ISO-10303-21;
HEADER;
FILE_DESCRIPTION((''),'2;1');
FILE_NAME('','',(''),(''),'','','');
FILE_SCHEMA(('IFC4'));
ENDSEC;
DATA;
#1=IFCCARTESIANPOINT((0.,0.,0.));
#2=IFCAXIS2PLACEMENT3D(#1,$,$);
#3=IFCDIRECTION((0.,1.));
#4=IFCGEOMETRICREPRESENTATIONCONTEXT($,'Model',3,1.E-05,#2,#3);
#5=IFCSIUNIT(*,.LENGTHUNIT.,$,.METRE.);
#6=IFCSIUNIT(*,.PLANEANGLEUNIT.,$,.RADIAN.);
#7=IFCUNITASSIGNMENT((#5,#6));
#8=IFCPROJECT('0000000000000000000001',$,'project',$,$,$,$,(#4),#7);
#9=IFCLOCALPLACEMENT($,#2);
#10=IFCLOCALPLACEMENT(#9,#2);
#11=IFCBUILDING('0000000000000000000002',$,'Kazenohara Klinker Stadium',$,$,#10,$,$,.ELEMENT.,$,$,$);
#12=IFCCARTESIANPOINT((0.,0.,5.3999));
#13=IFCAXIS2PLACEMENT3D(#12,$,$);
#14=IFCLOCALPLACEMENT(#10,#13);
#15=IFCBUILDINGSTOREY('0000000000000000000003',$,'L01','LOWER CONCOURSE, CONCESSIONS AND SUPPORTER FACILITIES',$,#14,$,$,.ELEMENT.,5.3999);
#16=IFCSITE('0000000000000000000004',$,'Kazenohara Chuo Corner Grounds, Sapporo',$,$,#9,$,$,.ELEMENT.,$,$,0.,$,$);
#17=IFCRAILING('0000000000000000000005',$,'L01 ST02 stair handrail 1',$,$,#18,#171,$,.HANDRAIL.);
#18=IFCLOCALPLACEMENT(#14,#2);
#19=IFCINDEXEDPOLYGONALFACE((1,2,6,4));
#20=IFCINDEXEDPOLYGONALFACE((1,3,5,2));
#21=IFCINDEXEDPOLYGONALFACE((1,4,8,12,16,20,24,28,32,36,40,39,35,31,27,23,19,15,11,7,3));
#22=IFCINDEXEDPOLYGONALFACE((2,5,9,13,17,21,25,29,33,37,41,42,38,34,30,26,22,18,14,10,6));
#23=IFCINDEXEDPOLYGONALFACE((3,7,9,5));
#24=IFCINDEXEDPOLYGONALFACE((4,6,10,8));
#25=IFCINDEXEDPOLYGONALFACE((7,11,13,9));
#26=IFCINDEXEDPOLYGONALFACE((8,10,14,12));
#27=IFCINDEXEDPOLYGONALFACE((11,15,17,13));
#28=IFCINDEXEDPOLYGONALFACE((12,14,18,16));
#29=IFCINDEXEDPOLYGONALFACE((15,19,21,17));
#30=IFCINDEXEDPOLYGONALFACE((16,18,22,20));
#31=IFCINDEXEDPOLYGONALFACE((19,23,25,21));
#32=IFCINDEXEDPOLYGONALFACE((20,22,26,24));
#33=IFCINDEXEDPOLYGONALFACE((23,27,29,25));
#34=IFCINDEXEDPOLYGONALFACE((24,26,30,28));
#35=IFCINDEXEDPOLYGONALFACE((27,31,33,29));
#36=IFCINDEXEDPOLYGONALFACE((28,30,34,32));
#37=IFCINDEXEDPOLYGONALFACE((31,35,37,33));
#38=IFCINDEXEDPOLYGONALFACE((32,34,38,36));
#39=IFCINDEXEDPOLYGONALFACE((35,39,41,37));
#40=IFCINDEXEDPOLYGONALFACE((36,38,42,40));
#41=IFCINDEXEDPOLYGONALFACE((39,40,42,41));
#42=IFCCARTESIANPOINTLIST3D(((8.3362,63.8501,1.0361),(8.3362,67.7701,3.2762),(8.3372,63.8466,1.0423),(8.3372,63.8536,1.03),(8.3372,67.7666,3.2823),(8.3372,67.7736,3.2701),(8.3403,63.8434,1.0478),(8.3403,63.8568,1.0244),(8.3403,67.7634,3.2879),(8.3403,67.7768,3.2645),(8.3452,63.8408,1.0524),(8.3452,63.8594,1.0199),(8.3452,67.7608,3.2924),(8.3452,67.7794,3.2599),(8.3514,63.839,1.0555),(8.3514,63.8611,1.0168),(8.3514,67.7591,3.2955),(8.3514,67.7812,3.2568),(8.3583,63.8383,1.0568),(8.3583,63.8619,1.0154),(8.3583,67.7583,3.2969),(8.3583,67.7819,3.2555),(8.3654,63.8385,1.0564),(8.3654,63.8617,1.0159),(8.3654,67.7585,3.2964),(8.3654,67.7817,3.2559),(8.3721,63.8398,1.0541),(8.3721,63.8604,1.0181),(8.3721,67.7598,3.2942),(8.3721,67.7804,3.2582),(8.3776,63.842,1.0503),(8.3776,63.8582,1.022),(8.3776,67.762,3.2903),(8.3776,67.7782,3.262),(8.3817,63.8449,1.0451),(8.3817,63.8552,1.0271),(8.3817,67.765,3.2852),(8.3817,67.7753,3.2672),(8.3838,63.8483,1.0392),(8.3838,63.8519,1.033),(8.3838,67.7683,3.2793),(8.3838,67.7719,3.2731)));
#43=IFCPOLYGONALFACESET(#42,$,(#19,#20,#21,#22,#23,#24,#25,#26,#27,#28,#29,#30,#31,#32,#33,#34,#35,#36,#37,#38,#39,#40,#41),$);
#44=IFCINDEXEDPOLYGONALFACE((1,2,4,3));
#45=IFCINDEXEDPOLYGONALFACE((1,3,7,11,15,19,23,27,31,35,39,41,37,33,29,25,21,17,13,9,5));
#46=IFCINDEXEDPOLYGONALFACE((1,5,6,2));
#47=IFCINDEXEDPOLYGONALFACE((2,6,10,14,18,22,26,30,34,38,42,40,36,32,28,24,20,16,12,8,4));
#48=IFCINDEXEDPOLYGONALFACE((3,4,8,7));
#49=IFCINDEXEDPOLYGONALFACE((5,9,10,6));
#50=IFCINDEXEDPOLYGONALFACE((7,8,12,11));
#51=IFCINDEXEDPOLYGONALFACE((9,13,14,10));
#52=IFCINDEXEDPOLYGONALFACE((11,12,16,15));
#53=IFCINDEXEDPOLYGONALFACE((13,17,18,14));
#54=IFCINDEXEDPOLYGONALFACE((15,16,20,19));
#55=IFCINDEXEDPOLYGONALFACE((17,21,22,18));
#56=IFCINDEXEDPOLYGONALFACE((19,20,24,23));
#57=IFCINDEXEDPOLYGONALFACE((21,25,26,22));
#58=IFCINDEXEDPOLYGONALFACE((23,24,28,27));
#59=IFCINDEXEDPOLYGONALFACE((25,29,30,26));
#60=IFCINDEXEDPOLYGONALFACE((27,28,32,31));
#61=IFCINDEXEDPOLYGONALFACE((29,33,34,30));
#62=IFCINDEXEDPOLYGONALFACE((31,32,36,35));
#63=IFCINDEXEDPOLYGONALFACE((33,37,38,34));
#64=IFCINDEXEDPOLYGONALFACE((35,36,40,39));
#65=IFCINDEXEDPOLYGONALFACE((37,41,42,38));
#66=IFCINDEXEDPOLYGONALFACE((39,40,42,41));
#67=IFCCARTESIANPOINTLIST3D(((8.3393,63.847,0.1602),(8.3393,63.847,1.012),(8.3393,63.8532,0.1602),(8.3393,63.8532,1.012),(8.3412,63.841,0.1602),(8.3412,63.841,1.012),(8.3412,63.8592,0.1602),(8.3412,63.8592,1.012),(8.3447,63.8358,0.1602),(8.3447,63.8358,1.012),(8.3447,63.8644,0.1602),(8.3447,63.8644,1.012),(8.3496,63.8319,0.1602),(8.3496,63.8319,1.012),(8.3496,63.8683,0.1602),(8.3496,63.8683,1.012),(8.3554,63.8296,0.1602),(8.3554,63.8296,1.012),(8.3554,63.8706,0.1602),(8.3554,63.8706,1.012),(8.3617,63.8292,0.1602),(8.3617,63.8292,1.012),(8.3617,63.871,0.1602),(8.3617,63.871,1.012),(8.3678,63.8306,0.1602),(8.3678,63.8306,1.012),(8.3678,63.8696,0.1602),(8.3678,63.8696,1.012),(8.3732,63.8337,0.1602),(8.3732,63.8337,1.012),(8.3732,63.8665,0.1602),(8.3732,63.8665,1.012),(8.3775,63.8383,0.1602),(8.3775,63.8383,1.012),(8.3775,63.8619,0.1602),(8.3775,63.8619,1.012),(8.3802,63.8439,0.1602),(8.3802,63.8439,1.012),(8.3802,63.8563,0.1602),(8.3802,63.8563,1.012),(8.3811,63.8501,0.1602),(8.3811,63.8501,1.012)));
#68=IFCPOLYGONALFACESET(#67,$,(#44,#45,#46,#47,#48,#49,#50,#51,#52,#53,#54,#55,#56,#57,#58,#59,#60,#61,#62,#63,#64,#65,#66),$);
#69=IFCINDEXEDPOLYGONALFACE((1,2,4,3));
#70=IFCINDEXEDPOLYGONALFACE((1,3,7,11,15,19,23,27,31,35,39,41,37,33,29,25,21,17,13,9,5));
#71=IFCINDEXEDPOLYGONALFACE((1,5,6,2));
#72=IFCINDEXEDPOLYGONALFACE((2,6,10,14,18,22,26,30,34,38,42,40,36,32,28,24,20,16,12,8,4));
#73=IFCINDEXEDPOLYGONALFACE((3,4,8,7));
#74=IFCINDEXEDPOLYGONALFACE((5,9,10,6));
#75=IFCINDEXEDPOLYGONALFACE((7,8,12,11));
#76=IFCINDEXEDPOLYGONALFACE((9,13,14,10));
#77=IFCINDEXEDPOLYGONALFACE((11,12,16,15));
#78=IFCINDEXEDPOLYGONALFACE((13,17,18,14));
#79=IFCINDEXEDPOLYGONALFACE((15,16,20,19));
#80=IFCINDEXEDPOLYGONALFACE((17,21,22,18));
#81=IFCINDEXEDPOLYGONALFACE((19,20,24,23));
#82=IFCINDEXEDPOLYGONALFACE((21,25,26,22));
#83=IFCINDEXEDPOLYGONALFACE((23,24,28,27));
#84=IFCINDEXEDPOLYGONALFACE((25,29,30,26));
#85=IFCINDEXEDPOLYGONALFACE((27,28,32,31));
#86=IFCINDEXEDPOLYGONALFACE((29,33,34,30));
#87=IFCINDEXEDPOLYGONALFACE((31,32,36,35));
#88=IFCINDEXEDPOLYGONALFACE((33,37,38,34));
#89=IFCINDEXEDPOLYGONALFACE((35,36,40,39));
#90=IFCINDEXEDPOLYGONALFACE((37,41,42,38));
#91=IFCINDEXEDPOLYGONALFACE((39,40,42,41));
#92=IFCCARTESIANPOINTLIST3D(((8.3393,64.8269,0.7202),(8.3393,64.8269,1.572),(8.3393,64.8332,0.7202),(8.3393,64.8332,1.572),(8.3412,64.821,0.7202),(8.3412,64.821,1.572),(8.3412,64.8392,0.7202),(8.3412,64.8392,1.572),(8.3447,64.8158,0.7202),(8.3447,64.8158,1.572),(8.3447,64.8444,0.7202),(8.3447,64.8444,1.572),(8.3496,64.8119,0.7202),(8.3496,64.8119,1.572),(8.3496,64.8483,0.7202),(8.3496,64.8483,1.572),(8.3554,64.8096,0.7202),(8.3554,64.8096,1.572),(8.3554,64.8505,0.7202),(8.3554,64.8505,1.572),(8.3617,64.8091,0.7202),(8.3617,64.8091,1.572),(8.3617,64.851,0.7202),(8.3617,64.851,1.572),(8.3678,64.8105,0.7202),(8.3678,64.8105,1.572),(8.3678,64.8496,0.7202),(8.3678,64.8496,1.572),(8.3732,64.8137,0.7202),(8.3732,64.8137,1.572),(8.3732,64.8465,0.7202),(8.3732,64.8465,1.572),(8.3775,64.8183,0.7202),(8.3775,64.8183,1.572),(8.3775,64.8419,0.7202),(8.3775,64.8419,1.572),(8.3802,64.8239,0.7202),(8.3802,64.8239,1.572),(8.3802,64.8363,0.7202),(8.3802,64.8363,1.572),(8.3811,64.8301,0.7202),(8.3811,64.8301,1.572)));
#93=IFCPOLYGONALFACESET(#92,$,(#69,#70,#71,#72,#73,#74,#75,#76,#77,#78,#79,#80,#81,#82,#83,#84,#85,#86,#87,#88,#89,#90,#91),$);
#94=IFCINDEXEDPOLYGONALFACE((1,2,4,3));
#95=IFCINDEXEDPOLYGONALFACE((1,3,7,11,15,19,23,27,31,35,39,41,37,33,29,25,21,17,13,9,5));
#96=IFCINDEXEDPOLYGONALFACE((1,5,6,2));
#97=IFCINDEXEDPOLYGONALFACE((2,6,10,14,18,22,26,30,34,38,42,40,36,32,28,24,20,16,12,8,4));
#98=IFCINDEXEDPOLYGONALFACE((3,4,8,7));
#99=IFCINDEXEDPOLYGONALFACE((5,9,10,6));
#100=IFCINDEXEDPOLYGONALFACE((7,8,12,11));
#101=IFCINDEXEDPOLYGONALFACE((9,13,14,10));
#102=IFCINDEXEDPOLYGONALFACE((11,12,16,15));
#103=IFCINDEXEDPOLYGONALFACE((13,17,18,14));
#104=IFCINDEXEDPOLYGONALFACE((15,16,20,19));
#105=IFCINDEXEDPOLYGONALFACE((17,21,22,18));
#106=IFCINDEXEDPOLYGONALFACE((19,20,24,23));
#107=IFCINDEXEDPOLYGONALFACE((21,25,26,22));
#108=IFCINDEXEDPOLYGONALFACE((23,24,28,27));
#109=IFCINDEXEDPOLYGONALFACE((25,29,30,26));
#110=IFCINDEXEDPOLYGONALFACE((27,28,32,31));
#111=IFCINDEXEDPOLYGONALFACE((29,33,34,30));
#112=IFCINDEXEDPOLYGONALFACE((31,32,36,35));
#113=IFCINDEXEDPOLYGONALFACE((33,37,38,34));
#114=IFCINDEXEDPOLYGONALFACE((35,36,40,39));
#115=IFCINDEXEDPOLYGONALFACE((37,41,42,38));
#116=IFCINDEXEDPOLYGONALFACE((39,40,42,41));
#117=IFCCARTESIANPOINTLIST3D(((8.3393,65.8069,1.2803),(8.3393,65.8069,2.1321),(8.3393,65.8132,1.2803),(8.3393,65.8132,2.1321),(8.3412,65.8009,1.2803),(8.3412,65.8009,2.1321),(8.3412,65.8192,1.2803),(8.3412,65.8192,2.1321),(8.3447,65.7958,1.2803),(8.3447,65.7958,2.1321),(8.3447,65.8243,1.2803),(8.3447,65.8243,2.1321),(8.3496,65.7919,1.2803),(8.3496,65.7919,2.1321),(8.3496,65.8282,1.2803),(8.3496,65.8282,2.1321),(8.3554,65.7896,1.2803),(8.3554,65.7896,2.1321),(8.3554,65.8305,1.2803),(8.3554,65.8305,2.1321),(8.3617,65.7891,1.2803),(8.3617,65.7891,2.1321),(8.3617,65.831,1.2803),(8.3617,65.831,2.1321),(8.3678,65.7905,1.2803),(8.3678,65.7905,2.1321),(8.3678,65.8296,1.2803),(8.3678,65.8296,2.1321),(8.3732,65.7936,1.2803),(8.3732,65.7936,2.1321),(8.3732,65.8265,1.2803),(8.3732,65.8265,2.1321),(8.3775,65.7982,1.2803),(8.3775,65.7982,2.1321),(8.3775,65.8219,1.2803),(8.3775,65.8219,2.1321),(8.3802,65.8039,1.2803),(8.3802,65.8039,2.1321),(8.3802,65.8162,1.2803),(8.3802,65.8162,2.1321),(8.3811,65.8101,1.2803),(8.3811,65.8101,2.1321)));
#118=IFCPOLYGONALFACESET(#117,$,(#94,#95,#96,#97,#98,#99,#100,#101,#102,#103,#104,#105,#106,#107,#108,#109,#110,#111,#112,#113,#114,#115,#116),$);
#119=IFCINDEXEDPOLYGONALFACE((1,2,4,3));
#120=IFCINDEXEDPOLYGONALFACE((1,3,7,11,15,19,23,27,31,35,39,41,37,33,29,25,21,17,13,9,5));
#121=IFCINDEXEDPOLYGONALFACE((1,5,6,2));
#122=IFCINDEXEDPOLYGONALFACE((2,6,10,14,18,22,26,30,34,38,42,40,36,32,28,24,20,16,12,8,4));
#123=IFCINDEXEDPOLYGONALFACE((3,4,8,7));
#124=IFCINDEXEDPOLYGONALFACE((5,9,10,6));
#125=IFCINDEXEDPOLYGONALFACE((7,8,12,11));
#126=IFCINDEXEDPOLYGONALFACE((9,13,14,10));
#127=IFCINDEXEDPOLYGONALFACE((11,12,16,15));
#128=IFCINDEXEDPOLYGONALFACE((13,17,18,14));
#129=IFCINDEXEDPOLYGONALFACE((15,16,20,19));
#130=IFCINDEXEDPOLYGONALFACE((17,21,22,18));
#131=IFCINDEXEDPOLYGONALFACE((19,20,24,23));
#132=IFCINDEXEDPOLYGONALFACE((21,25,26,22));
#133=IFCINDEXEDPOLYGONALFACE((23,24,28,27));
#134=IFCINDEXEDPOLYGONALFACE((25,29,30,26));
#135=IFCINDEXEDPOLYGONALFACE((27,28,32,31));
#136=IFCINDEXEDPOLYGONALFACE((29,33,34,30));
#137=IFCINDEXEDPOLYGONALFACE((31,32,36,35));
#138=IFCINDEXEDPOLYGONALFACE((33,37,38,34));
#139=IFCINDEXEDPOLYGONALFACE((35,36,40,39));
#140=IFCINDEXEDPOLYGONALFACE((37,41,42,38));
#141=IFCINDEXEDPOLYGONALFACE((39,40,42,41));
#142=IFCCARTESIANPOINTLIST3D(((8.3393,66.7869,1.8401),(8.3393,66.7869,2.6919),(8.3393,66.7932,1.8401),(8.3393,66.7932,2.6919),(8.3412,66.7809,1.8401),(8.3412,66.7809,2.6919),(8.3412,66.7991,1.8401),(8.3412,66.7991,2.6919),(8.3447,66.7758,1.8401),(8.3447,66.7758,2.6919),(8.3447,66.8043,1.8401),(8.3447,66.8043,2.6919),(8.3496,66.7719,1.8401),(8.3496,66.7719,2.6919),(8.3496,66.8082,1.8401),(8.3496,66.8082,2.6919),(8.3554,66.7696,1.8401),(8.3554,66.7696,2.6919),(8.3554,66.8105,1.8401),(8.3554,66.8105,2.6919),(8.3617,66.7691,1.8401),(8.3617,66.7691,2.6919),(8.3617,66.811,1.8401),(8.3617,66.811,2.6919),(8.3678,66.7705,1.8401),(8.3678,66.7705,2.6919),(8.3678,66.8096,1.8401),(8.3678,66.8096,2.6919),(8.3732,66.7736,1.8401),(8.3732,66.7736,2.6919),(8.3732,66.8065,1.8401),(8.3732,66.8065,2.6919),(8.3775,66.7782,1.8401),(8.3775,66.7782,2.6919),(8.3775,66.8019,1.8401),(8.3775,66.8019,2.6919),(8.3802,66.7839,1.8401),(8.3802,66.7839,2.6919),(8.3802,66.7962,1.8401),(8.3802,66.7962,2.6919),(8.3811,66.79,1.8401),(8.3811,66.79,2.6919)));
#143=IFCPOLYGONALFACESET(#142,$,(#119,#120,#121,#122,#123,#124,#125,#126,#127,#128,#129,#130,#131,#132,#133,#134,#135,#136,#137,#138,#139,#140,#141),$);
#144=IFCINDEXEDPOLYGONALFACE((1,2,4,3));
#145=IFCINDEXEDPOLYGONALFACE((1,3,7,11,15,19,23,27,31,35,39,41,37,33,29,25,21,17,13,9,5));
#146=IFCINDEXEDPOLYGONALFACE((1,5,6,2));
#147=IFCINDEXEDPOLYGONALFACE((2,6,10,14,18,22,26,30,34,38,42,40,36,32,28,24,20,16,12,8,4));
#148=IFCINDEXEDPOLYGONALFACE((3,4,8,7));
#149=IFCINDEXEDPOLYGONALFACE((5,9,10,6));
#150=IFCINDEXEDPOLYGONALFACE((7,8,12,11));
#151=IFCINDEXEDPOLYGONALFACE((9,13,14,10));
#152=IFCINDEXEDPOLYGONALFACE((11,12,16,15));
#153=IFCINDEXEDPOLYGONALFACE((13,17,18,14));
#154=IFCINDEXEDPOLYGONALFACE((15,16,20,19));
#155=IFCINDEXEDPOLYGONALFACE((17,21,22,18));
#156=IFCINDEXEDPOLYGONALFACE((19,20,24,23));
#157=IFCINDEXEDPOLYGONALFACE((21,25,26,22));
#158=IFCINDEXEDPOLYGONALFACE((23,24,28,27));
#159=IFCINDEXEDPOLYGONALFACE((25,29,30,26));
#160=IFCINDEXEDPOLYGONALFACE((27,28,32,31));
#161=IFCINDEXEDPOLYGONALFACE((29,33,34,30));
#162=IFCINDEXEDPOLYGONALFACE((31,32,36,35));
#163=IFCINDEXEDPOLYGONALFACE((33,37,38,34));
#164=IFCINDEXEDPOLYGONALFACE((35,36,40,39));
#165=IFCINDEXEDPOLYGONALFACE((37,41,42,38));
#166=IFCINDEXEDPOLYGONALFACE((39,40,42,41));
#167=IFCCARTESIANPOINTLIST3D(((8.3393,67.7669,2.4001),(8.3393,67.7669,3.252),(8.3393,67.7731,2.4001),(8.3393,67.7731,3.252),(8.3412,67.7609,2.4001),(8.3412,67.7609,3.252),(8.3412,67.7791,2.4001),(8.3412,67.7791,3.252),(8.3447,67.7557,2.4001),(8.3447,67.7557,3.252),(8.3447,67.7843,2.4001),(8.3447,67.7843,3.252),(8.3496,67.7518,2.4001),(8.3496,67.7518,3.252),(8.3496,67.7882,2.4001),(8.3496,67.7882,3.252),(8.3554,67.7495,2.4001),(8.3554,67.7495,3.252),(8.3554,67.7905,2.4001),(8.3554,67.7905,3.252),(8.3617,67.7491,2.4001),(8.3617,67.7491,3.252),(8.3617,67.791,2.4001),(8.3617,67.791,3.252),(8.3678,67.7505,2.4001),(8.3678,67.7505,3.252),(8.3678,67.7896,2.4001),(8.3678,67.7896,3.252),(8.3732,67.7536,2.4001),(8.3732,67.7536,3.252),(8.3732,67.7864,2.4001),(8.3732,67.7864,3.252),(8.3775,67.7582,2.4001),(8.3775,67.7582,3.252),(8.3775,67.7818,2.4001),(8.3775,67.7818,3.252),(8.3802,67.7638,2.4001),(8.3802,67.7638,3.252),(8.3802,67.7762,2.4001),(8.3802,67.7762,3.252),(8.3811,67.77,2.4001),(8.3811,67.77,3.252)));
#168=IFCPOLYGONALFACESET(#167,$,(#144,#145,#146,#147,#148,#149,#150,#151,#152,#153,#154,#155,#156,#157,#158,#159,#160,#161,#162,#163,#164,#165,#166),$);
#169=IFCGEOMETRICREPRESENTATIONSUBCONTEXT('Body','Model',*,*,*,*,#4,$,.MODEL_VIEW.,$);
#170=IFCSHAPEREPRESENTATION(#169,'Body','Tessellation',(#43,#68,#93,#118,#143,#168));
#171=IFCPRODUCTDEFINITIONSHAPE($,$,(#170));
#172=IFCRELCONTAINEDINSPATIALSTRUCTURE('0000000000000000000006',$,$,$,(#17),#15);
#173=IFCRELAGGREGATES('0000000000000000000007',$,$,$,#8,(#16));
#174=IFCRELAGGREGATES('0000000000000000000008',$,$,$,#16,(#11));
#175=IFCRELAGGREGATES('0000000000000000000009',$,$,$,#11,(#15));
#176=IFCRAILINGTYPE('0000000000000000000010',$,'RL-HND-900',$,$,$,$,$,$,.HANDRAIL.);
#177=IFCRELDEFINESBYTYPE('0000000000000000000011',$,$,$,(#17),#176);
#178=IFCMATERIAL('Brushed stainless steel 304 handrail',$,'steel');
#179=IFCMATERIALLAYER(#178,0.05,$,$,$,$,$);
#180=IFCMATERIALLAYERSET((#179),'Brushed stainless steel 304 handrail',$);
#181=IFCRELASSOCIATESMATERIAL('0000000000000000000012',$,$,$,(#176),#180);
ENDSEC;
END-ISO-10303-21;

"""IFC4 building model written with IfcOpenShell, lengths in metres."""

from ifc_helpers import new_model, si_unit, direction, frame, origin, origin_2d, place, context, subcontext, project, spatial, circle, extrude, material, layer, layer_set, type_object, element, save


model = new_model("IFC4")

# Units and contexts
model_context = context("Model", 3, precision=1e-05, world=origin(), true_north=direction((0.0, 1.0)))
body_context = subcontext(model_context, "Body", "Model", "MODEL_VIEW")
ifc_project = project(units=[si_unit("LENGTHUNIT", "METRE"), si_unit("PLANEANGLEUNIT", "RADIAN")], contexts=[model_context])

# Site, building, storey
site_placement = place(None, origin())
site = spatial("IfcSite", under=ifc_project, at=site_placement, Name="Kazenohara Chuo Corner Grounds, Sapporo", CompositionType="ELEMENT", RefElevation=0.0)
building_placement = place(site_placement, origin())
building = spatial("IfcBuilding", under=site, at=building_placement, Name="Kazenohara Klinker Stadium", CompositionType="ELEMENT")
storey_placement = place(building_placement, frame((0.0, 0.0, 5.3999)))
storey = spatial("IfcBuildingStorey", under=building, at=storey_placement, Name="L01", Description="LOWER CONCOURSE, CONCESSIONS AND SUPPORTER FACILITIES", CompositionType="ELEMENT", Elevation=5.3999)

# Railing
ifc_material_1 = material(Name="Brushed stainless steel 304 handrail", Category="steel")
ifc_layer_1 = layer(ifc_material_1, 0.05)
ifc_layer_set_1 = layer_set([ifc_layer_1], Name="Brushed stainless steel 304 handrail")
railing_type_1 = type_object("IfcRailingType", Name="RL-HND-900", PredefinedType="HANDRAIL", material=ifc_layer_set_1)
railing_1_placement = place(storey_placement, frame((8.3601, 63.8501, 0.1602)))
element("IfcRailing", 1, at=railing_1_placement, inside=storey, type_object=railing_type_1, Name="L01 ST02 stair handrail 1", PredefinedType="HANDRAIL", context=body_context, shape_type="SweptSolid", body=[
    extrude(circle(Radius=0.0239, at=origin_2d()), frame((0.0, 0.0, 0.876), z_axis=(0.0, 0.86824, 0.496145), x_axis=(-1.0, 0.0, 0.0)), (0.0, 0.0, 1.0), 4.5149),
    extrude(circle(Radius=0.021, at=origin_2d()), origin(), (0.0, 0.0, 1.0), 0.8518),
    extrude(circle(Radius=0.021, at=origin_2d()), frame((0.0, 0.98, 0.5601)), (0.0, 0.0, 1.0), 0.8518),
    extrude(circle(Radius=0.021, at=origin_2d()), frame((0.0, 1.96, 1.1201)), (0.0, 0.0, 1.0), 0.8518),
    extrude(circle(Radius=0.021, at=origin_2d()), frame((0.0, 2.9399, 1.6799)), (0.0, 0.0, 1.0), 0.8518),
    extrude(circle(Radius=0.021, at=origin_2d()), frame((0.0, 3.9199, 2.24)), (0.0, 0.0, 1.0), 0.8518),
])

save(model, "model.ifc")
